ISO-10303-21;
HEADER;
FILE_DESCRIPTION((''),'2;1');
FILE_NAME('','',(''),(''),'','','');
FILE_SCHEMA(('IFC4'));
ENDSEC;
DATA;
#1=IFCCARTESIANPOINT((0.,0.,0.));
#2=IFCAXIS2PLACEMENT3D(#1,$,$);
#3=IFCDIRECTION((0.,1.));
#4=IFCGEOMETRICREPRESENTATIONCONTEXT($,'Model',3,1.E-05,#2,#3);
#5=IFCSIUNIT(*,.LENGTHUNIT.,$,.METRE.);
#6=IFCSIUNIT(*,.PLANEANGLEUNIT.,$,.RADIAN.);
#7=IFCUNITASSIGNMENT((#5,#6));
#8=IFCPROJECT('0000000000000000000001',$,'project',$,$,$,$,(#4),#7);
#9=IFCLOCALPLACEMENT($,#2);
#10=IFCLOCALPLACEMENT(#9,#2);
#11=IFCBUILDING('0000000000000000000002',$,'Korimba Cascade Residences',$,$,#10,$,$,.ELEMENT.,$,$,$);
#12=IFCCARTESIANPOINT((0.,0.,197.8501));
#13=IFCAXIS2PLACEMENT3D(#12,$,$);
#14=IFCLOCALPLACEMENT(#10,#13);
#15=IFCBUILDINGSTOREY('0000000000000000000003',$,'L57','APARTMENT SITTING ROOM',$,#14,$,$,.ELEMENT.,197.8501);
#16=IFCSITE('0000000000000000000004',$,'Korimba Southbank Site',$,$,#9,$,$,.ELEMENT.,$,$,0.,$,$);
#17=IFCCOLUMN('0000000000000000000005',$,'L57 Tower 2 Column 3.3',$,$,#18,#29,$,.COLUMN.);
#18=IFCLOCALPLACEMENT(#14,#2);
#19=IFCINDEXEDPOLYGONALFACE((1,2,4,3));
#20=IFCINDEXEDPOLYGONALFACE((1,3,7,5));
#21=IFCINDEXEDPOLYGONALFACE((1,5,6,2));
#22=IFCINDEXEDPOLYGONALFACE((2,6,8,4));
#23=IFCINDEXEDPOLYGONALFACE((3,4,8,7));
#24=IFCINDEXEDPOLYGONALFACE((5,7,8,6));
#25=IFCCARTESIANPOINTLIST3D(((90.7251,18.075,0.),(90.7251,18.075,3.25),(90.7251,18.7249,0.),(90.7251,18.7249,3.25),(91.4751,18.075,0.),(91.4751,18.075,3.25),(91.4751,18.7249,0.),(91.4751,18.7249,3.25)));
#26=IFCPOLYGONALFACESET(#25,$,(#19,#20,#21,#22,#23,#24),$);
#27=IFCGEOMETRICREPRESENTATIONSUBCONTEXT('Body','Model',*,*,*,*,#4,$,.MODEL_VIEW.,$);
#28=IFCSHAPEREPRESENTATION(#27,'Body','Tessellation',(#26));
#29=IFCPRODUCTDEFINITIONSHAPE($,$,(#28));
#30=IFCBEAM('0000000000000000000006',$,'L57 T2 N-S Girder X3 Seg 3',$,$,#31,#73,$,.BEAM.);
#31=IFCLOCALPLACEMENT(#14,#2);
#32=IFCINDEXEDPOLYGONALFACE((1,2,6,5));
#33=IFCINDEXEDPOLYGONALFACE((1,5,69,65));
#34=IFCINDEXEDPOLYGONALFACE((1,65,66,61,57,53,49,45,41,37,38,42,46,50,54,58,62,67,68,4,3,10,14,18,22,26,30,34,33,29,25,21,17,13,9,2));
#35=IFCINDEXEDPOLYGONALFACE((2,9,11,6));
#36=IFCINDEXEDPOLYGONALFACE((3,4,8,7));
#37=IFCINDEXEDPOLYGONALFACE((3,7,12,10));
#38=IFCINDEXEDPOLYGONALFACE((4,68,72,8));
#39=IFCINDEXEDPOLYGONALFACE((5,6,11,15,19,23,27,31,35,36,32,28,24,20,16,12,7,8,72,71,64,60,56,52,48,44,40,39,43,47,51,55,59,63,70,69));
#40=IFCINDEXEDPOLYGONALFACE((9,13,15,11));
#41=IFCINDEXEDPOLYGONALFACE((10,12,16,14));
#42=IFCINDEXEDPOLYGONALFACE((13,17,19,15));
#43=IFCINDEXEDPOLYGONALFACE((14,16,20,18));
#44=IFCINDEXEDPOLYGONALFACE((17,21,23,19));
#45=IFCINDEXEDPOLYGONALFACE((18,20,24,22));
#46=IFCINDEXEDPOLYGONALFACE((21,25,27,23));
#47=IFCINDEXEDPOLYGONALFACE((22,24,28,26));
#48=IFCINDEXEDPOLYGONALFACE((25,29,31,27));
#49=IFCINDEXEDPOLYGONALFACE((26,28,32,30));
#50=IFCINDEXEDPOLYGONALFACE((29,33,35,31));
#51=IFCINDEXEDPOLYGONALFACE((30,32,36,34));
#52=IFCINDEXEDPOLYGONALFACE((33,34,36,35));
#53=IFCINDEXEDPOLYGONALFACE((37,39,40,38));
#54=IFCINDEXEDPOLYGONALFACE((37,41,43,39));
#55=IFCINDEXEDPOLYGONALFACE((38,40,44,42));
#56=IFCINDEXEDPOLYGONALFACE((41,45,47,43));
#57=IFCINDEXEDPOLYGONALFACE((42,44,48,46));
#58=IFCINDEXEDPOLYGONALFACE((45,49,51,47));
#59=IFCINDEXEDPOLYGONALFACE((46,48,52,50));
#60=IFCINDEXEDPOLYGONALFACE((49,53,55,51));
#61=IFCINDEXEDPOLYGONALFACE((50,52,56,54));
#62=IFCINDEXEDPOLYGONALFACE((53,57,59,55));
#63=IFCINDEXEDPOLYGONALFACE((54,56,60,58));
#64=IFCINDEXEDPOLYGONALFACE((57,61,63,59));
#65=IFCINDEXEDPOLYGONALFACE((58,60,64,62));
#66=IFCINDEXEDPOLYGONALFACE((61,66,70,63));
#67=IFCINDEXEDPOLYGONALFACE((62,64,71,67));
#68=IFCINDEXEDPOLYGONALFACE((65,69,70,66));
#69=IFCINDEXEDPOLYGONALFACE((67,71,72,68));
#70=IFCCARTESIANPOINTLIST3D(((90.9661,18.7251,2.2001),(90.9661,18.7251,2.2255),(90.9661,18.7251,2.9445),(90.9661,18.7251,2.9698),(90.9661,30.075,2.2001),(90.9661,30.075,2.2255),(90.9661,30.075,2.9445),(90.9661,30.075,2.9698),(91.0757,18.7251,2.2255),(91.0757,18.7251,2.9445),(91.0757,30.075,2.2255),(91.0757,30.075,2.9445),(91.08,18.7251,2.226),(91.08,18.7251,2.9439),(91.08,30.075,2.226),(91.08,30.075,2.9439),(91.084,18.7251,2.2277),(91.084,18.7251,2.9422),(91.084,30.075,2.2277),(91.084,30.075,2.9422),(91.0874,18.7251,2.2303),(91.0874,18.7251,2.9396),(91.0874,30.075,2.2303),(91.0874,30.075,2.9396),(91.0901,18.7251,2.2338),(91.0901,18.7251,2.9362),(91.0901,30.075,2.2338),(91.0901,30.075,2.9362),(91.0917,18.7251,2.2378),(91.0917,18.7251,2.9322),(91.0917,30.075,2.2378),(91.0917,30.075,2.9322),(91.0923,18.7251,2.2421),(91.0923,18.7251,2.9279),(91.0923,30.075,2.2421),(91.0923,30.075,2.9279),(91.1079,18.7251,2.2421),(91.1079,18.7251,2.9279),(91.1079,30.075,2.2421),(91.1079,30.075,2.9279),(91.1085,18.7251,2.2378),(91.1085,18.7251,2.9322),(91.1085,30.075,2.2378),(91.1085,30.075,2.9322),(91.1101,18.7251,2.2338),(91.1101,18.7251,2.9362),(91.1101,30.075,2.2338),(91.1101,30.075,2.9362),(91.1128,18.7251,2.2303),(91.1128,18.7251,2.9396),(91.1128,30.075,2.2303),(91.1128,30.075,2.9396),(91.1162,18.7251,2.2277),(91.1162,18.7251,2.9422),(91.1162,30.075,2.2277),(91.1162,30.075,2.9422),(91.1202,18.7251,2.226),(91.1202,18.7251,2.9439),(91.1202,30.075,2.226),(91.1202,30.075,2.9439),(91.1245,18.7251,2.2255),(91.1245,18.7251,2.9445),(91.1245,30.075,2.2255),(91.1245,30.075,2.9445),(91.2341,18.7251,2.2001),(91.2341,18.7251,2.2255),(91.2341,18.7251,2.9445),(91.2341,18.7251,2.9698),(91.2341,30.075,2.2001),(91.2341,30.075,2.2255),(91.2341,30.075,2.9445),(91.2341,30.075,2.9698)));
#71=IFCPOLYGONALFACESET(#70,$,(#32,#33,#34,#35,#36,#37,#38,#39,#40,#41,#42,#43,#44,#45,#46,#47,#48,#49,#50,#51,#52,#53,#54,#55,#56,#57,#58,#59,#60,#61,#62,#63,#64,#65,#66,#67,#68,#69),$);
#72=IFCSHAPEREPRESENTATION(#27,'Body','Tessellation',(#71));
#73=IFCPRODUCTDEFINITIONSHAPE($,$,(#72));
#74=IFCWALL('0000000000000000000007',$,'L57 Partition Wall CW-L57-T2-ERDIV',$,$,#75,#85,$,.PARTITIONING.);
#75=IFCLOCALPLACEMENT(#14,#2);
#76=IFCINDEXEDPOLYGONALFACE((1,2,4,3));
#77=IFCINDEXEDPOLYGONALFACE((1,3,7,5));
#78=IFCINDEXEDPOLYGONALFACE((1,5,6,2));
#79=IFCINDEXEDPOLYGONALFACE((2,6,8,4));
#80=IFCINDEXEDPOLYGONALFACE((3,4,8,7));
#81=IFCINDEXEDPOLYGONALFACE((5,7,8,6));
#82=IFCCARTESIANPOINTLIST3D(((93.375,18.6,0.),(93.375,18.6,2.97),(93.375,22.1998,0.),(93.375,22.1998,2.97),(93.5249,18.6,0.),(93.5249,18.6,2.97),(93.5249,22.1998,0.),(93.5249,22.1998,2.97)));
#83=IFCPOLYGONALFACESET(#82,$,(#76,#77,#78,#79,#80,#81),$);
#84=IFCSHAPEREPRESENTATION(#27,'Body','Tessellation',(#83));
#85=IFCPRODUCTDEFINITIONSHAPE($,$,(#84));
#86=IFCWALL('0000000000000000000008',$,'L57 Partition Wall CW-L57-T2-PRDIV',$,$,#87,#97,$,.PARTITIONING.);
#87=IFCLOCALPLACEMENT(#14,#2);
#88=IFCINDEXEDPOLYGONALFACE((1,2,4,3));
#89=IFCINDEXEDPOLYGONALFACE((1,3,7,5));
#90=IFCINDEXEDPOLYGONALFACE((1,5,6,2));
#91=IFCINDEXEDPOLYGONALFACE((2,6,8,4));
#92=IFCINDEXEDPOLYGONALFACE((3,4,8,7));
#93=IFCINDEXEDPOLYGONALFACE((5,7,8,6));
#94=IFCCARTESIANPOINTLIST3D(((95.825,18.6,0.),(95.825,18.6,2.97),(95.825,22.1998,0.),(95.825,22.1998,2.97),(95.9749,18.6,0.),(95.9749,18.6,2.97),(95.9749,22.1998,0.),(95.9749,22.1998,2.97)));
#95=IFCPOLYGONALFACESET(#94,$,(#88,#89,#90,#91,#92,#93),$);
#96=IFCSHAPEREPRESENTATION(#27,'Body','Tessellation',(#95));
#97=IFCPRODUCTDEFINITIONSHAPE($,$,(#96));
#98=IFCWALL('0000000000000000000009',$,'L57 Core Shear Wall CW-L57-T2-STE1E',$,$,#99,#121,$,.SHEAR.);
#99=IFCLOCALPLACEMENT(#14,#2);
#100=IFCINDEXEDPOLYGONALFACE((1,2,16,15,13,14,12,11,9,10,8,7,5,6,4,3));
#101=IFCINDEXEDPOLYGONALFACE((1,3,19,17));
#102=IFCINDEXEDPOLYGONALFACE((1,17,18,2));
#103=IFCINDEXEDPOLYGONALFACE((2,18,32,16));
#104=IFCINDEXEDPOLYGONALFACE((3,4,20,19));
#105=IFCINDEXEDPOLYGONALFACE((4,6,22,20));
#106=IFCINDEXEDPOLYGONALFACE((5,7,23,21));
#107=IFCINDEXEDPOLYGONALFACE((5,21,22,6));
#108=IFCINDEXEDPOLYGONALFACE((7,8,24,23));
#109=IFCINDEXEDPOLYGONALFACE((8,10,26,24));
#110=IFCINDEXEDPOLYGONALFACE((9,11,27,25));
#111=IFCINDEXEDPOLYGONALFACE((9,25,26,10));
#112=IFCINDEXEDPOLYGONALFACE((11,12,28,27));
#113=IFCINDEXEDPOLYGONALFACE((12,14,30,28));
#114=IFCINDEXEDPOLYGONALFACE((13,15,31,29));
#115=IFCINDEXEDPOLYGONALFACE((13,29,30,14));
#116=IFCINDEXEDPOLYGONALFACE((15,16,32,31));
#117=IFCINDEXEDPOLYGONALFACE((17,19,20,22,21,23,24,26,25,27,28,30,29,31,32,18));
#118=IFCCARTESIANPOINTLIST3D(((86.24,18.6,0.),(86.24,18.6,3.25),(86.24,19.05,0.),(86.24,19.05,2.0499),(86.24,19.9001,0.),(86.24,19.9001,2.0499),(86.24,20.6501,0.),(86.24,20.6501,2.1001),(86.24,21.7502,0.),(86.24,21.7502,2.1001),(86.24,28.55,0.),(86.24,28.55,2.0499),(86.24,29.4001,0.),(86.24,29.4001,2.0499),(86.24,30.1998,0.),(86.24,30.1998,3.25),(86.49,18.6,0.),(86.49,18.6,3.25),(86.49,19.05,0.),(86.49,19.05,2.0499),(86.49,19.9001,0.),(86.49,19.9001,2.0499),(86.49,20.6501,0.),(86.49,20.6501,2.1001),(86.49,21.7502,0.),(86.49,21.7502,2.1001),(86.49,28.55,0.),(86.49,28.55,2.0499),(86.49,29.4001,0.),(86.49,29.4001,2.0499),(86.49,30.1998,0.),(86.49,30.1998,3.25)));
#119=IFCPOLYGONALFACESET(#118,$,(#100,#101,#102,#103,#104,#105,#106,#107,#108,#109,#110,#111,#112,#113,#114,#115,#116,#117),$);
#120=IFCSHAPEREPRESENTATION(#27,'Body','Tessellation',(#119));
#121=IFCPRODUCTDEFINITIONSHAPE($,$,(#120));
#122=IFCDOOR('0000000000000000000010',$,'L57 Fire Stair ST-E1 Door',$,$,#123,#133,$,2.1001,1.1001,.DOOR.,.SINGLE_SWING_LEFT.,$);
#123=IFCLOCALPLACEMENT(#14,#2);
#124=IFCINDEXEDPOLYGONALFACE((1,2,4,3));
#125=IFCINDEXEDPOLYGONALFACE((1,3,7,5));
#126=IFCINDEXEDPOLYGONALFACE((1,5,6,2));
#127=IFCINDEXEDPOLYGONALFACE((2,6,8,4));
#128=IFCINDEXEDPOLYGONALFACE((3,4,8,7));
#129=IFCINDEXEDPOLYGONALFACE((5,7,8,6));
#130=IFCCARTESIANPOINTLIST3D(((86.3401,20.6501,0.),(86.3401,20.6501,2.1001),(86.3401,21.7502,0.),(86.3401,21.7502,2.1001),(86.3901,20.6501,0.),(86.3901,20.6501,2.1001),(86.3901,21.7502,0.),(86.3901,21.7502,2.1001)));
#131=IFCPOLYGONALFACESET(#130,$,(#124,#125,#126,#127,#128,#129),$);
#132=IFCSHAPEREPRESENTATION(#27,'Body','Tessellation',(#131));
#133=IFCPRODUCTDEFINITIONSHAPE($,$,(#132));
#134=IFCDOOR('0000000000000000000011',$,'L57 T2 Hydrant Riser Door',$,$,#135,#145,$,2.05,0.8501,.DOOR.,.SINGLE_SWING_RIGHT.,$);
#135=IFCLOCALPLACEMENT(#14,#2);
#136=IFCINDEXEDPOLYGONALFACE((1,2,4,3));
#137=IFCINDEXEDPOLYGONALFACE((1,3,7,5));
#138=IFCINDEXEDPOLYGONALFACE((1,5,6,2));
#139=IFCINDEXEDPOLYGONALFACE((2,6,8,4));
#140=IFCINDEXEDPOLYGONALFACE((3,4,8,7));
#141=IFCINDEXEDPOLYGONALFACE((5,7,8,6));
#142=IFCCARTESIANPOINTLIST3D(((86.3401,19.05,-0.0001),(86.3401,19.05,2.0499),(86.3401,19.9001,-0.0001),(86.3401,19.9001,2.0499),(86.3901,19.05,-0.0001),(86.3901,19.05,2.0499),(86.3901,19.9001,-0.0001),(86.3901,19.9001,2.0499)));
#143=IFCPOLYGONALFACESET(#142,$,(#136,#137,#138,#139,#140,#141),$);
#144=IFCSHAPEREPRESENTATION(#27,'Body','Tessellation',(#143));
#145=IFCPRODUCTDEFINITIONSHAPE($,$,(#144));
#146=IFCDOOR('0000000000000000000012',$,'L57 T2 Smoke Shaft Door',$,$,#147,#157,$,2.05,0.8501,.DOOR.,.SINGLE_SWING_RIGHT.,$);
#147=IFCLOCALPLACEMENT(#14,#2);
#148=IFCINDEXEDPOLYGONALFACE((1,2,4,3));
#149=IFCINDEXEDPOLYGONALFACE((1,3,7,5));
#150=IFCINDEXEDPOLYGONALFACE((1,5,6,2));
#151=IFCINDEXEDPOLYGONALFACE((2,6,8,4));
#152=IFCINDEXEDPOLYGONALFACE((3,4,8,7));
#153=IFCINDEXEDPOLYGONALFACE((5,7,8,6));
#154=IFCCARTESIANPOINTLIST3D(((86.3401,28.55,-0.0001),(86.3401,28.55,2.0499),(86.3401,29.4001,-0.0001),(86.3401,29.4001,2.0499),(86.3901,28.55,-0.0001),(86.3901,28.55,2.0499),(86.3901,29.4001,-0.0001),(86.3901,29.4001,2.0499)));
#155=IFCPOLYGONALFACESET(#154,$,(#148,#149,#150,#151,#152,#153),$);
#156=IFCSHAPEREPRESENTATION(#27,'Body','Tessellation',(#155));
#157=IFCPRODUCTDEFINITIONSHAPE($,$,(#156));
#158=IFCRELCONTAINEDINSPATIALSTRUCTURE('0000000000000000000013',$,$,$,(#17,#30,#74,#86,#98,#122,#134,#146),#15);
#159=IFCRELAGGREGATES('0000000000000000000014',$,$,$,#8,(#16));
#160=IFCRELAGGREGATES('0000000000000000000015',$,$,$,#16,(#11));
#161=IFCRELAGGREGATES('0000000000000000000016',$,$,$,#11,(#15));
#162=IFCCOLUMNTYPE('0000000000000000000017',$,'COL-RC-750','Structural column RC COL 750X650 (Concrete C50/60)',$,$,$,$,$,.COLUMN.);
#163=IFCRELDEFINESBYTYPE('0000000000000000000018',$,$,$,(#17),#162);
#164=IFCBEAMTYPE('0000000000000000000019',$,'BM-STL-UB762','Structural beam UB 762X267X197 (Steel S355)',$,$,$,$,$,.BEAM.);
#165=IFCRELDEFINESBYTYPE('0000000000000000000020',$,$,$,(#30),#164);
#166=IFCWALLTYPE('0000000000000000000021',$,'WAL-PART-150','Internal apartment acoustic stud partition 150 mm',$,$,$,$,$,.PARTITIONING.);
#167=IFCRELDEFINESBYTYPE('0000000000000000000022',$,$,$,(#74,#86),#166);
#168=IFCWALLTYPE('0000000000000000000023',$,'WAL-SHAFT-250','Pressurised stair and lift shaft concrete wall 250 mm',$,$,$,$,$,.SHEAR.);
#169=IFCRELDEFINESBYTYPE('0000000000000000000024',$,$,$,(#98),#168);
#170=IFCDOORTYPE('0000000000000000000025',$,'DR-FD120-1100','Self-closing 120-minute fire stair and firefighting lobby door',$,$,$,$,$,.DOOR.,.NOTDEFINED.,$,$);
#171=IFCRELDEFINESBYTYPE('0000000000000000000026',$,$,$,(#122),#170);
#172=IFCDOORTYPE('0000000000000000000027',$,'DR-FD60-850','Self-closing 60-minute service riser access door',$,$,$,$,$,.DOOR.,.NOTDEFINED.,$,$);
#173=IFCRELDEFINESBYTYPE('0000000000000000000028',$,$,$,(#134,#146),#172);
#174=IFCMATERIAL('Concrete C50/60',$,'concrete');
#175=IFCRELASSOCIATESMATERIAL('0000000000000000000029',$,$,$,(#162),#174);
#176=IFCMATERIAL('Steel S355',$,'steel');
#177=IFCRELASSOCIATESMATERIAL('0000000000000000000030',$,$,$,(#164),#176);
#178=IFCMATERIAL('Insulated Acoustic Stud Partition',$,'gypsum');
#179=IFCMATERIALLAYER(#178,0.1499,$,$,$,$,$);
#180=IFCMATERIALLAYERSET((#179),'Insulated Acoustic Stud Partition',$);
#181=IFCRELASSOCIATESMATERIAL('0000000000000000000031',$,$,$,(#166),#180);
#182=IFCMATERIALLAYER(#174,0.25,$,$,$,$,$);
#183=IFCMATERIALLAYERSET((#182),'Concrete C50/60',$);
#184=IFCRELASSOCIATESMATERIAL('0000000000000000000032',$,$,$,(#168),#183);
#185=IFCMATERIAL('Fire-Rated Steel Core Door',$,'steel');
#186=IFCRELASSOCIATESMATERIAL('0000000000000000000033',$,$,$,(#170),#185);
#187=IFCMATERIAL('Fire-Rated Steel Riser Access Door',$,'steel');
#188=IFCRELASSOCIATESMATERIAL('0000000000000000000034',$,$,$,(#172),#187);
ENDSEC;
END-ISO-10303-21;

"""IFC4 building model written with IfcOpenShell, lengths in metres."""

from ifc_helpers import new_model, si_unit, direction, frame, frame_2d, origin, origin_2d, place, context, subcontext, project, spatial, rectangle, i_section, extrude, material, layer, layer_set, material_profile, profile_set, type_object, element, fill, save


model = new_model("IFC4")

# Units and contexts
model_context = context("Model", 3, precision=1e-05, world=origin(), true_north=direction((0.0, 1.0)))
body_context = subcontext(model_context, "Body", "Model", "MODEL_VIEW")
ifc_project = project(units=[si_unit("LENGTHUNIT", "METRE"), si_unit("PLANEANGLEUNIT", "RADIAN")], contexts=[model_context])

# Site, building, storey
site_placement = place(None, origin())
site = spatial("IfcSite", under=ifc_project, at=site_placement, Name="Korimba Southbank Site", CompositionType="ELEMENT", RefElevation=0.0)
building_placement = place(site_placement, origin())
building = spatial("IfcBuilding", under=site, at=building_placement, Name="Korimba Cascade Residences", CompositionType="ELEMENT")
storey_placement = place(building_placement, frame((0.0, 0.0, 197.8501)))
storey = spatial("IfcBuildingStorey", under=building, at=storey_placement, Name="L57", Description="APARTMENT SITTING ROOM", CompositionType="ELEMENT", Elevation=197.8501)

# Column
ifc_material_1 = material(Name="Concrete C50/60", Category="concrete")
ifc_material_profile_1 = material_profile(ifc_material_1, rectangle(XDim=0.75, YDim=0.6499, at=origin_2d()), Name="Concrete C50/60")
ifc_profile_set_1 = profile_set([ifc_material_profile_1], Name="Concrete C50/60")
column_type = type_object("IfcColumnType", Name="COL-RC-750", Description="Structural column RC COL 750X650 (Concrete C50/60)", PredefinedType="COLUMN", material=ifc_profile_set_1)
column_placement = place(storey_placement, frame((91.1001, 18.3999, 0.0), z_axis=(0.0, 0.0, 1.0), x_axis=(1.0, 0.0, 0.0)))
element("IfcColumn", 1, at=column_placement, inside=storey, type_object=column_type, Name="L57 Tower 2 Column 3.3", PredefinedType="COLUMN", context=body_context, shape_type="SweptSolid", body=[
    extrude(rectangle(XDim=0.75, YDim=0.6499, at=origin_2d()), origin(), (0.0, 0.0, 1.0), 3.25),
])

# Beam
ifc_material_2 = material(Name="Steel S355", Category="steel")
ifc_material_profile_2 = material_profile(ifc_material_2, i_section(OverallWidth=0.2681, OverallDepth=0.7698, WebThickness=0.0156, FlangeThickness=0.0254, FilletRadius=0.0166, at=origin_2d()), Name="Steel S355")
ifc_profile_set_2 = profile_set([ifc_material_profile_2], Name="Steel S355")
beam_type = type_object("IfcBeamType", Name="BM-STL-UB762", Description="Structural beam UB 762X267X197 (Steel S355)", PredefinedType="BEAM", material=ifc_profile_set_2)
beam_placement = place(storey_placement, frame((91.1001, 18.7251, 2.585), z_axis=(0.0, 1.0, 0.0), x_axis=(-1.0, 0.0, 0.0)))
element("IfcBeam", 2, at=beam_placement, inside=storey, type_object=beam_type, Name="L57 T2 N-S Girder X3 Seg 3", PredefinedType="BEAM", context=body_context, shape_type="SweptSolid", body=[
    extrude(i_section(OverallWidth=0.2681, OverallDepth=0.7698, WebThickness=0.0156, FlangeThickness=0.0254, FilletRadius=0.0166, at=origin_2d()), origin(), (0.0, 0.0, 1.0), 11.3499),
])

# Walls
ifc_material_3 = material(Name="Insulated Acoustic Stud Partition", Category="gypsum")
ifc_layer_1 = layer(ifc_material_3, 0.1499)
ifc_layer_set_1 = layer_set([ifc_layer_1], Name="Insulated Acoustic Stud Partition")
wall_type_1 = type_object("IfcWallType", Name="WAL-PART-150", Description="Internal apartment acoustic stud partition 150 mm", PredefinedType="PARTITIONING", material=ifc_layer_set_1)
for number, where, z_axis, x_axis, name in (
    (3, (93.45, 18.6001, 0.0), (0.0, 0.0, 1.0), (0.0, 1.0, 0.0), "L57 Partition Wall CW-L57-T2-ERDIV"),
    (4, (95.8999, 18.6001, 0.0), (0.0, 0.0, 1.0), (0.0, 1.0, 0.0), "L57 Partition Wall CW-L57-T2-PRDIV"),
):
    element("IfcWall", number, at=place(storey_placement, frame(where, z_axis=z_axis, x_axis=x_axis)), inside=storey, type_object=wall_type_1, Name=name, PredefinedType="PARTITIONING", context=body_context, shape_type="SweptSolid", body=[
        extrude(rectangle(XDim=3.5999, YDim=0.1499, at=frame_2d((1.7998, 0.0))), origin(), (0.0, 0.0, 1.0), 2.97),
    ])

# Wall, openings, doors
ifc_layer_2 = layer(ifc_material_1, 0.25)
ifc_layer_set_2 = layer_set([ifc_layer_2], Name="Concrete C50/60")
wall_type_2 = type_object("IfcWallType", Name="WAL-SHAFT-250", Description="Pressurised stair and lift shaft concrete wall 250 mm", PredefinedType="SHEAR", material=ifc_layer_set_2)
wall_1_placement = place(storey_placement, frame((86.365, 18.6001, 0.0), z_axis=(0.0, 0.0, 1.0), x_axis=(0.0, 1.0, 0.0)))
wall_1 = element("IfcWall", 5, at=wall_1_placement, inside=storey, type_object=wall_type_2, Name="L57 Core Shear Wall CW-L57-T2-STE1E", PredefinedType="SHEAR", context=body_context, shape_type="SweptSolid", body=[
    extrude(rectangle(XDim=11.5999, YDim=0.25, at=frame_2d((5.7998, 0.0))), origin(), (0.0, 0.0, 1.0), 3.25),
])
opening_1_placement = place(wall_1_placement, frame((0.45, 0.0, 0.0)))
opening_1 = element("IfcOpeningElement", 6, at=opening_1_placement, cuts=wall_1, PredefinedType="OPENING", context=body_context, shape_type="SweptSolid", body=[
    extrude(rectangle(XDim=0.8501, YDim=2.05, at=frame_2d((0.425, 1.0249))), frame((0.0, 0.135, 0.0), z_axis=(0.0, -1.0, 0.0), x_axis=(1.0, 0.0, 0.0)), (0.0, 0.0, 1.0), 0.27),
])
opening_2_placement = place(wall_1_placement, frame((2.05, 0.0, 0.0)))
opening_2 = element("IfcOpeningElement", 7, at=opening_2_placement, cuts=wall_1, PredefinedType="OPENING", context=body_context, shape_type="SweptSolid", body=[
    extrude(rectangle(XDim=1.1001, YDim=2.1001, at=frame_2d((0.55, 1.05))), frame((0.0, 0.135, 0.0), z_axis=(0.0, -1.0, 0.0), x_axis=(1.0, 0.0, 0.0)), (0.0, 0.0, 1.0), 0.27),
])
opening_3_placement = place(wall_1_placement, frame((9.95, 0.0, 0.0)))
opening_3 = element("IfcOpeningElement", 8, at=opening_3_placement, cuts=wall_1, PredefinedType="OPENING", context=body_context, shape_type="SweptSolid", body=[
    extrude(rectangle(XDim=0.8501, YDim=2.05, at=frame_2d((0.425, 1.0249))), frame((0.0, 0.135, 0.0), z_axis=(0.0, -1.0, 0.0), x_axis=(1.0, 0.0, 0.0)), (0.0, 0.0, 1.0), 0.27),
])
ifc_material_4 = material(Name="Fire-Rated Steel Core Door", Category="steel")
door_type_1 = type_object("IfcDoorType", Name="DR-FD120-1100", Description="Self-closing 120-minute fire stair and firefighting lobby door", OperationType="NOTDEFINED", PredefinedType="DOOR", material=ifc_material_4)
door_1_placement = place(opening_2_placement, origin())
door_1 = element("IfcDoor", 9, at=door_1_placement, inside=storey, type_object=door_type_1, Name="L57 Fire Stair ST-E1 Door", OperationType="SINGLE_SWING_LEFT", OverallHeight=2.1001, OverallWidth=1.1001, PredefinedType="DOOR", context=body_context, shape_type="SweptSolid", body=[
    extrude(rectangle(XDim=1.1001, YDim=2.1001, at=frame_2d((0.55, 1.05))), frame((0.0, 0.0249, 0.0), z_axis=(0.0, -1.0, 0.0), x_axis=(1.0, 0.0, 0.0)), (0.0, 0.0, 1.0), 0.05),
])
fill(opening_2, door_1)
ifc_material_5 = material(Name="Fire-Rated Steel Riser Access Door", Category="steel")
door_type_2 = type_object("IfcDoorType", Name="DR-FD60-850", Description="Self-closing 60-minute service riser access door", OperationType="NOTDEFINED", PredefinedType="DOOR", material=ifc_material_5)
door_2_placement = place(opening_1_placement, origin())
door_2 = element("IfcDoor", 10, at=door_2_placement, inside=storey, type_object=door_type_2, Name="L57 T2 Hydrant Riser Door", OperationType="SINGLE_SWING_RIGHT", OverallHeight=2.05, OverallWidth=0.8501, PredefinedType="DOOR", context=body_context, shape_type="SweptSolid", body=[
    extrude(rectangle(XDim=0.8501, YDim=2.05, at=frame_2d((0.425, 1.0249))), frame((0.0, 0.0249, 0.0), z_axis=(0.0, -1.0, 0.0), x_axis=(1.0, 0.0, 0.0)), (0.0, 0.0, 1.0), 0.05),
])
fill(opening_1, door_2)
door_3_placement = place(opening_3_placement, origin())
door_3 = element("IfcDoor", 11, at=door_3_placement, inside=storey, type_object=door_type_2, Name="L57 T2 Smoke Shaft Door", OperationType="SINGLE_SWING_RIGHT", OverallHeight=2.05, OverallWidth=0.8501, PredefinedType="DOOR", context=body_context, shape_type="SweptSolid", body=[
    extrude(rectangle(XDim=0.8501, YDim=2.05, at=frame_2d((0.425, 1.0249))), frame((0.0, 0.0249, 0.0), z_axis=(0.0, -1.0, 0.0), x_axis=(1.0, 0.0, 0.0)), (0.0, 0.0, 1.0), 0.05),
])
fill(opening_3, door_3)

save(model, "model.ifc")
